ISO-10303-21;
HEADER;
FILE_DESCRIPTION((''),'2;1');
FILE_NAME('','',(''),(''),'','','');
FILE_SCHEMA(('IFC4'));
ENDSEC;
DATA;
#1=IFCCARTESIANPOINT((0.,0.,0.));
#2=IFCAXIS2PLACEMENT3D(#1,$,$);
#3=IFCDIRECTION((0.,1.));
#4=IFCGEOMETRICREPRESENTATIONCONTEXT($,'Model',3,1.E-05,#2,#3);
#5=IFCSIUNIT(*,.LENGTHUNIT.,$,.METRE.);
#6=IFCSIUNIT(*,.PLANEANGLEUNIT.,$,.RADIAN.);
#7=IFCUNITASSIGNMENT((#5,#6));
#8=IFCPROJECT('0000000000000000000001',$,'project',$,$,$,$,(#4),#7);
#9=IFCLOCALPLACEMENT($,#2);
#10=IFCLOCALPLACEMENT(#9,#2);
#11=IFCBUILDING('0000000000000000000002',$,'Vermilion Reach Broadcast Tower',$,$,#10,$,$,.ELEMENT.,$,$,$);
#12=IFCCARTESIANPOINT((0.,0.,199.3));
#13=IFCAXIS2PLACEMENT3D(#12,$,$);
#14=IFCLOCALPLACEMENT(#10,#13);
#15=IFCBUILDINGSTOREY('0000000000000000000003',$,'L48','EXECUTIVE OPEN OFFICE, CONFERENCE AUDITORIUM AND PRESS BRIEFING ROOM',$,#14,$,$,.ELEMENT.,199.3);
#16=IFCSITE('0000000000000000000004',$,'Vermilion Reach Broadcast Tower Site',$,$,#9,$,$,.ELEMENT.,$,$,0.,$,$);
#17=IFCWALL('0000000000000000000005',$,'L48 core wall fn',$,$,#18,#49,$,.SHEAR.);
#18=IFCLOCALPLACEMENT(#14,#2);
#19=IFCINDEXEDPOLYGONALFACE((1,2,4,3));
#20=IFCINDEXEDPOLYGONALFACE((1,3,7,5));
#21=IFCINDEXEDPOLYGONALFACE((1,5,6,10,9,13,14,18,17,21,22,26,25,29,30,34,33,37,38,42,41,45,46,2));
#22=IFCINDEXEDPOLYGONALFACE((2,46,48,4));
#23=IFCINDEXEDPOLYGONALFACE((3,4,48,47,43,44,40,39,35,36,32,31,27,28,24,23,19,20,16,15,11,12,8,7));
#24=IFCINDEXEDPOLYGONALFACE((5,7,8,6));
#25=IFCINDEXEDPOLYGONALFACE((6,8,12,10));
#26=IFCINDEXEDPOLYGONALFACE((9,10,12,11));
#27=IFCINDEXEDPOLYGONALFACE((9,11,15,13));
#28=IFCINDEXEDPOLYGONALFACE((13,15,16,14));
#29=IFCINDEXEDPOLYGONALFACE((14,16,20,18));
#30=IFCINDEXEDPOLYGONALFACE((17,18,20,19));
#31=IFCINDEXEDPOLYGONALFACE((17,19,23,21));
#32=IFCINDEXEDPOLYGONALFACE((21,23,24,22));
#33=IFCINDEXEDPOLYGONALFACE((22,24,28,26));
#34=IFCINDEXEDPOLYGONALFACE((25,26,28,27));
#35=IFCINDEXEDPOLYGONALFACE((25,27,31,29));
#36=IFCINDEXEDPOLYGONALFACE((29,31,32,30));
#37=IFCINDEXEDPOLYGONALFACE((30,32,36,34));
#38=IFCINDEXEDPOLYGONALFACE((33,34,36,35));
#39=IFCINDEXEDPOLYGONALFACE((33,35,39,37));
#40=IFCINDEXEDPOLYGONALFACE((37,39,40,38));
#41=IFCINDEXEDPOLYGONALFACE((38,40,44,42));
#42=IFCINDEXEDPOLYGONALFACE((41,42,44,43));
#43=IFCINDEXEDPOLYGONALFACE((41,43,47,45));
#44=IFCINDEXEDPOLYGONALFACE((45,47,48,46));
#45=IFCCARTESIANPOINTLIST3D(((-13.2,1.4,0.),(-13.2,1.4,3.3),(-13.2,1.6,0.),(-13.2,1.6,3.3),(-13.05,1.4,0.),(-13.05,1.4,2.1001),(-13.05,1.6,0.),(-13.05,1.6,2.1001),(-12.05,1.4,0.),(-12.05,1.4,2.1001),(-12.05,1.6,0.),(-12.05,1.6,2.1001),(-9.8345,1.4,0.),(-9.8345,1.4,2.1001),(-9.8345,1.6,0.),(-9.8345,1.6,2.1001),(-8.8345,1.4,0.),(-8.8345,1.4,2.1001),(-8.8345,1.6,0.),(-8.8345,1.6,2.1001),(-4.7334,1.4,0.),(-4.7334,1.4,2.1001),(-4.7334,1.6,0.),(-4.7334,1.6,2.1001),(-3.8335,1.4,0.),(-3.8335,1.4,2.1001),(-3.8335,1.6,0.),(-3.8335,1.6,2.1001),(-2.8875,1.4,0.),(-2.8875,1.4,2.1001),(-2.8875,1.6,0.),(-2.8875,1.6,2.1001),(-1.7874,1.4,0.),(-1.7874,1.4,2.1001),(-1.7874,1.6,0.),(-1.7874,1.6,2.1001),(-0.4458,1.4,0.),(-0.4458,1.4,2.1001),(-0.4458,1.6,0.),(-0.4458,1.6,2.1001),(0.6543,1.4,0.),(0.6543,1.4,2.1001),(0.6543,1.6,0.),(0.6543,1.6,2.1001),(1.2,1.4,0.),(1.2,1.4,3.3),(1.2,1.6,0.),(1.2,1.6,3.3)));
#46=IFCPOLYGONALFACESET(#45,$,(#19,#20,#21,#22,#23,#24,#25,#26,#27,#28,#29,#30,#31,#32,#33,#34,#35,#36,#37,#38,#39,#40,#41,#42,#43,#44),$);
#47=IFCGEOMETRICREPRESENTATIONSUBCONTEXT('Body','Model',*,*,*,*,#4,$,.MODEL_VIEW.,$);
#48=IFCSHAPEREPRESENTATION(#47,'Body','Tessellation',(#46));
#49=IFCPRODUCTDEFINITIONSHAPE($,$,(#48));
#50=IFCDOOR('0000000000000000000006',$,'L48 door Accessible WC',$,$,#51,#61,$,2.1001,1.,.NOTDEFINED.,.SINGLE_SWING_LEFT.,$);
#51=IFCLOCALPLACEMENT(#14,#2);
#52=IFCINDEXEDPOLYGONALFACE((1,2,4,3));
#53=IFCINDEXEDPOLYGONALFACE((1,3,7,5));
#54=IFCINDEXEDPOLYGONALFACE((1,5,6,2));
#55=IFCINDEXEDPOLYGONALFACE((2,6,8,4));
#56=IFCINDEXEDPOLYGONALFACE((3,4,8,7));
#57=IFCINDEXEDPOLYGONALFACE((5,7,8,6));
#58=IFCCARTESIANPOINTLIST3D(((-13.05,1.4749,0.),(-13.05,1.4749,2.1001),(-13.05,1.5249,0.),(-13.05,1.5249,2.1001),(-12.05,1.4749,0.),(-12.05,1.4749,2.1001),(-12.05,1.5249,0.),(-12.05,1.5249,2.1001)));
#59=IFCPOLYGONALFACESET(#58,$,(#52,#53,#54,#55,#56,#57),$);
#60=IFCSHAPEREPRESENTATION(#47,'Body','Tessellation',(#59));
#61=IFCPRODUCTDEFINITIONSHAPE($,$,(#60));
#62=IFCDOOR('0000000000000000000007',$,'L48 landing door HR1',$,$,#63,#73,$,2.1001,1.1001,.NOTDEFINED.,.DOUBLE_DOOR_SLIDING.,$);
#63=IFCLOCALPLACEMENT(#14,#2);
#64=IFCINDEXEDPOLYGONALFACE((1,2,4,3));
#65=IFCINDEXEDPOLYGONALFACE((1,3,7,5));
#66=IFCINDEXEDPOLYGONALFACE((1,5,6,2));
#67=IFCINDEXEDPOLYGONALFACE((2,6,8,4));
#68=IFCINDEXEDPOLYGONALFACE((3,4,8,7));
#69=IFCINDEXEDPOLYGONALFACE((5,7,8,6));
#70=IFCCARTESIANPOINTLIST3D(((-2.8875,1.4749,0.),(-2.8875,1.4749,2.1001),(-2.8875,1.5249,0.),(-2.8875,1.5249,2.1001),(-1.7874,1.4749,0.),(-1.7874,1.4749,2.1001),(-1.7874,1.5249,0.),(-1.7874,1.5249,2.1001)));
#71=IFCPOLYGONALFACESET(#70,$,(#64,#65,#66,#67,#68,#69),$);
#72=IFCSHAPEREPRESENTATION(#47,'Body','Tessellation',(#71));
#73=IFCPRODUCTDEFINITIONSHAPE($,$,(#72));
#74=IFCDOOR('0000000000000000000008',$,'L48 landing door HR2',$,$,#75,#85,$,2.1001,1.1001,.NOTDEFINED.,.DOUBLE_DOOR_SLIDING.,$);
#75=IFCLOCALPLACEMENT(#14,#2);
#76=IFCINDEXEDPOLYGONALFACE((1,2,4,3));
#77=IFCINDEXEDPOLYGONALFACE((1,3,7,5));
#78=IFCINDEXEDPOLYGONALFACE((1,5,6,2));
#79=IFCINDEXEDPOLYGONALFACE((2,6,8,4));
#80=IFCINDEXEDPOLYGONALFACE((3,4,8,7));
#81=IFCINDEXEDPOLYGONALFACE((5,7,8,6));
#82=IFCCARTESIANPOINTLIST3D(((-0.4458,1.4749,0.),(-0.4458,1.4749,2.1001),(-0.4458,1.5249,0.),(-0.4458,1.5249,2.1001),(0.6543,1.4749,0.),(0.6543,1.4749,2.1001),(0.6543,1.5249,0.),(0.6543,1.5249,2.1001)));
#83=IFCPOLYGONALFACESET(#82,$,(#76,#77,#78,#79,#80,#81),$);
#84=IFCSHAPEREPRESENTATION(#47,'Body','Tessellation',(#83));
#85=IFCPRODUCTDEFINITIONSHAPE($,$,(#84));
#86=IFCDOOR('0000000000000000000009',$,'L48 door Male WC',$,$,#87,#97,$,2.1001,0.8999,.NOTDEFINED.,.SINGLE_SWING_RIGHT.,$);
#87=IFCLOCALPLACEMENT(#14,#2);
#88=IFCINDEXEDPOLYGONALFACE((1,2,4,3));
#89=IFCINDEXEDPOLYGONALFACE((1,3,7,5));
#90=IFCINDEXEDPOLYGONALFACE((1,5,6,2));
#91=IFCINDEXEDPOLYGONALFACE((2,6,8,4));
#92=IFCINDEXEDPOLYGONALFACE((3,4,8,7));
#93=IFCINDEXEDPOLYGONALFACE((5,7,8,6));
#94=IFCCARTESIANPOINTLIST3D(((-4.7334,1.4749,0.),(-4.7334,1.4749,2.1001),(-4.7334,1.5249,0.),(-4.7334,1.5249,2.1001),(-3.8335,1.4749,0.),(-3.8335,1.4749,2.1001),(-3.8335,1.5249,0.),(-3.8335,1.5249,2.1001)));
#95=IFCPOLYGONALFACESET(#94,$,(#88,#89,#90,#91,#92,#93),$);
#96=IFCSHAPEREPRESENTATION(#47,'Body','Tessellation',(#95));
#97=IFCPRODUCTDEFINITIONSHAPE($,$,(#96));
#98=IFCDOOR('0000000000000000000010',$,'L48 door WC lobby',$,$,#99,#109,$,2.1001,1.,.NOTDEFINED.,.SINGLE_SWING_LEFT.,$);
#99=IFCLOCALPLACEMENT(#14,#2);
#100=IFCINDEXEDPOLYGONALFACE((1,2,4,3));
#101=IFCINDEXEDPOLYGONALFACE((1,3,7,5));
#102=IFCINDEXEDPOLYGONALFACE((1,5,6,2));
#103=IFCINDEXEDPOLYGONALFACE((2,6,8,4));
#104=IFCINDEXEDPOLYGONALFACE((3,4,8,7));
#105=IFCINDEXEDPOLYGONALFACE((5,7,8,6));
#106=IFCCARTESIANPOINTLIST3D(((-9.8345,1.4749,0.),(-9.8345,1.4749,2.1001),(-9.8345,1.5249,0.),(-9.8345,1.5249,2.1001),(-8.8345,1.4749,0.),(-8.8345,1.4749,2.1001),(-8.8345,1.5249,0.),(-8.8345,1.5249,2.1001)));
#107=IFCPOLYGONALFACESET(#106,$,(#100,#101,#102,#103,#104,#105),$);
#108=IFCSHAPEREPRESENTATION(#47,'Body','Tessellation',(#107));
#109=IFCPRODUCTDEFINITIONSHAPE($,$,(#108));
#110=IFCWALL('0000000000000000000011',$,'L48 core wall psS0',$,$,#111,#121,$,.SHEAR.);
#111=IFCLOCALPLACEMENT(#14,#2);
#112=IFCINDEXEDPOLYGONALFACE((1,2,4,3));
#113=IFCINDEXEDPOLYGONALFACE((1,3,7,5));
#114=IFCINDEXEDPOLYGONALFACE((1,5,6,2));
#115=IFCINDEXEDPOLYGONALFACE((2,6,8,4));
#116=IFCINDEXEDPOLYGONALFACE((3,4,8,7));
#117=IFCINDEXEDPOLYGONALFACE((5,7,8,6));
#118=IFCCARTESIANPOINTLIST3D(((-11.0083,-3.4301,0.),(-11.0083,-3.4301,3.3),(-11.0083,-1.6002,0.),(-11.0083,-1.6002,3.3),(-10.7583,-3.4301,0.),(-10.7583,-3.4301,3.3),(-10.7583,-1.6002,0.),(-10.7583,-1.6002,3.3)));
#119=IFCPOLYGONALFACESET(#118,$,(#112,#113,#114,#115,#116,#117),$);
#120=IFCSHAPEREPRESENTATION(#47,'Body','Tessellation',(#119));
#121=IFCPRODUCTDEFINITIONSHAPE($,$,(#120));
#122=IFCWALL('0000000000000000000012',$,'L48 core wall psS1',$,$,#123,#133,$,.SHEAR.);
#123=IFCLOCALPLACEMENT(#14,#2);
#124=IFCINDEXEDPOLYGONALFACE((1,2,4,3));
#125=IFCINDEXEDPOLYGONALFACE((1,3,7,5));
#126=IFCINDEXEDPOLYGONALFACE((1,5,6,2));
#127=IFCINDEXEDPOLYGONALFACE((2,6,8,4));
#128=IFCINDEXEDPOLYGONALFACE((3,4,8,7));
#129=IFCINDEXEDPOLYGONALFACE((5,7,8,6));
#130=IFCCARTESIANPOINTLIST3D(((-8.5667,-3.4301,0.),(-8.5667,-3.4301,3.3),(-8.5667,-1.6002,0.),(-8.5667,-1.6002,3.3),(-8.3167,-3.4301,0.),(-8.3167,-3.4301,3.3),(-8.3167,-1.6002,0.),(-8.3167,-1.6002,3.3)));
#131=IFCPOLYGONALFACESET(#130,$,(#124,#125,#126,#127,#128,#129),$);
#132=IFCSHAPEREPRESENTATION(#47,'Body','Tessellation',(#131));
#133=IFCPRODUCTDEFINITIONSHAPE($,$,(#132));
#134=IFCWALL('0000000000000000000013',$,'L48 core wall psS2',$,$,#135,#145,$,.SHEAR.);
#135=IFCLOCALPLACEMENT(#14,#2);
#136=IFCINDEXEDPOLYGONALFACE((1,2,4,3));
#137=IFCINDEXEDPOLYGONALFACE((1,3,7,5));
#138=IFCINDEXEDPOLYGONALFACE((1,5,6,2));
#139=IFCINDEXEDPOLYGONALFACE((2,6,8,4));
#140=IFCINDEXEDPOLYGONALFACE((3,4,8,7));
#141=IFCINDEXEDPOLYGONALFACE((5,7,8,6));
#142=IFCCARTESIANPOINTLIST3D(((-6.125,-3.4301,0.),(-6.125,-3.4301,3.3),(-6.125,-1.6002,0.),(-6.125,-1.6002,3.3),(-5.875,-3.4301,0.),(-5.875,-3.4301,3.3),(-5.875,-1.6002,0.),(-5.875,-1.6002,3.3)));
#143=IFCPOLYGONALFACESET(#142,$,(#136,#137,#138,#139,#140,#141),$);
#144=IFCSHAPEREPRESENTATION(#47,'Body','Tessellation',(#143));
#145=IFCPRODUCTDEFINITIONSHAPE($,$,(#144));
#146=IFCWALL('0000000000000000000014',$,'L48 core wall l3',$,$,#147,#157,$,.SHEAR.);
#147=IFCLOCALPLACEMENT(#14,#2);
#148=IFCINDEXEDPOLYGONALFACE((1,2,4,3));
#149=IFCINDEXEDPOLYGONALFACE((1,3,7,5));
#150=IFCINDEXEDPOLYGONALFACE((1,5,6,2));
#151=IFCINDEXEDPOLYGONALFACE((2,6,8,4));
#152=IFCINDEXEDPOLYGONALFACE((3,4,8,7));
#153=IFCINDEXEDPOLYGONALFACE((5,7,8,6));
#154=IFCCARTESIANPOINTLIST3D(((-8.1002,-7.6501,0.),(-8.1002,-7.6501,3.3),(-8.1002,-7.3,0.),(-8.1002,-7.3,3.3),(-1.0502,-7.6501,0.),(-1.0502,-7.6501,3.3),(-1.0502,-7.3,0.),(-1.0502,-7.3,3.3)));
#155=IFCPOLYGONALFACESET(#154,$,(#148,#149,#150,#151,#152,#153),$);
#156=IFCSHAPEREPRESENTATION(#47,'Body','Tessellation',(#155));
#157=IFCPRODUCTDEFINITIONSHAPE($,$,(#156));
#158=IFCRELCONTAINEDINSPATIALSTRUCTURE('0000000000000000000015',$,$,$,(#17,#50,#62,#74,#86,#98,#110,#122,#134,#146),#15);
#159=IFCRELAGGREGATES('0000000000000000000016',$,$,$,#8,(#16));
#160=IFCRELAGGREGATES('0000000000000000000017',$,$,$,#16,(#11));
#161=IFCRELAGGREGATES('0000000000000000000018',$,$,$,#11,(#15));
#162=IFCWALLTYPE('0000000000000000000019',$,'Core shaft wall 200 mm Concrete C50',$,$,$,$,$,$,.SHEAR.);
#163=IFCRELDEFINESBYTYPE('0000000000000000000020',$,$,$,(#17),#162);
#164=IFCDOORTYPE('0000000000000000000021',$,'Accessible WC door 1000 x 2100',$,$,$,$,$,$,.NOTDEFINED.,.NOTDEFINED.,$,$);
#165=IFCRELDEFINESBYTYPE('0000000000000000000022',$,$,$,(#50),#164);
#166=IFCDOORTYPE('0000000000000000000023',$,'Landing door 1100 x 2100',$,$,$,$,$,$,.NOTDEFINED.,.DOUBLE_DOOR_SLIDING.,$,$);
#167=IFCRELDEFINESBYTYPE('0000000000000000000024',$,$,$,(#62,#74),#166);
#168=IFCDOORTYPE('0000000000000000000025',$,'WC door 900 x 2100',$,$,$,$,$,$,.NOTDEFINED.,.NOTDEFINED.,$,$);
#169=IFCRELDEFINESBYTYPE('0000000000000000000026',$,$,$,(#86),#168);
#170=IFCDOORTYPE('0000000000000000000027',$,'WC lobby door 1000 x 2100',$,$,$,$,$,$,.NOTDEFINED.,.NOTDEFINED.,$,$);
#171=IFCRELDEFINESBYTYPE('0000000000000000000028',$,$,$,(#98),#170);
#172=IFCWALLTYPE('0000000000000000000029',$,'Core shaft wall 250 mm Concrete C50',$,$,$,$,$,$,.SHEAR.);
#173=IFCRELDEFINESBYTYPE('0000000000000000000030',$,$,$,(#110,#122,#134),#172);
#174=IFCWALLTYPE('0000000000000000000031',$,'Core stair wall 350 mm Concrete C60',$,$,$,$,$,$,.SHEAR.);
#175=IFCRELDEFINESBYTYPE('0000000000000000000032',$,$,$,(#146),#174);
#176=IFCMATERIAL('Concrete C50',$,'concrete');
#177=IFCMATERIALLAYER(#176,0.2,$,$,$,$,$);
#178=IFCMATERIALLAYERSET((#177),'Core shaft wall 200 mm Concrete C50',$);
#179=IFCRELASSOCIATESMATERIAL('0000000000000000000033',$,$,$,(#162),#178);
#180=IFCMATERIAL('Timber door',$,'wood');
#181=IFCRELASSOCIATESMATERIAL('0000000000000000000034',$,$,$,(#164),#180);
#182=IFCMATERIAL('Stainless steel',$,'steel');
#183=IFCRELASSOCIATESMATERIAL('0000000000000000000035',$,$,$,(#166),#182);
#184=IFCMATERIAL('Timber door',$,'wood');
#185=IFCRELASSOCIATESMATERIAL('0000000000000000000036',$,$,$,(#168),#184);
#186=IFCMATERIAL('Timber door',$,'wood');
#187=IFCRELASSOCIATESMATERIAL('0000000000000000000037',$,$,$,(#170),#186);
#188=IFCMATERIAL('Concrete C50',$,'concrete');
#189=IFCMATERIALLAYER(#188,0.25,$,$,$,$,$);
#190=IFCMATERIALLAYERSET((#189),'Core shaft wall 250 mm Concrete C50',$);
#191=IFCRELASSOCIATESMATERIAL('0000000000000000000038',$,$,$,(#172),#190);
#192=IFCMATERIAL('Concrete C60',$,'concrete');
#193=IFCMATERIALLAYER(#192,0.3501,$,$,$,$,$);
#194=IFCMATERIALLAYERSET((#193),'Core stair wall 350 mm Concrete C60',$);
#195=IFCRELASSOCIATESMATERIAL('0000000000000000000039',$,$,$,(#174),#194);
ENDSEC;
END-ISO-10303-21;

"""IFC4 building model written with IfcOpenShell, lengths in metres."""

from ifc_helpers import new_model, si_unit, direction, frame, frame_2d, origin, place, context, subcontext, project, spatial, rectangle, extrude, material, layer, layer_set, type_object, element, fill, save


model = new_model("IFC4")

# Units and contexts
model_context = context("Model", 3, precision=1e-05, world=origin(), true_north=direction((0.0, 1.0)))
body_context = subcontext(model_context, "Body", "Model", "MODEL_VIEW")
ifc_project = project(units=[si_unit("LENGTHUNIT", "METRE"), si_unit("PLANEANGLEUNIT", "RADIAN")], contexts=[model_context])

# Site, building, storey
site_placement = place(None, origin())
site = spatial("IfcSite", under=ifc_project, at=site_placement, Name="Vermilion Reach Broadcast Tower Site", CompositionType="ELEMENT", RefElevation=0.0)
building_placement = place(site_placement, origin())
building = spatial("IfcBuilding", under=site, at=building_placement, Name="Vermilion Reach Broadcast Tower", CompositionType="ELEMENT")
storey_placement = place(building_placement, frame((0.0, 0.0, 199.3)))
storey = spatial("IfcBuildingStorey", under=building, at=storey_placement, Name="L48", Description="EXECUTIVE OPEN OFFICE, CONFERENCE AUDITORIUM AND PRESS BRIEFING ROOM", CompositionType="ELEMENT", Elevation=199.3)

# Wall, openings, doors
ifc_material_1 = material(Name="Concrete C50", Category="concrete")
ifc_layer_1 = layer(ifc_material_1, 0.2)
ifc_layer_set_1 = layer_set([ifc_layer_1], Name="Core shaft wall 200 mm Concrete C50")
wall_type_1 = type_object("IfcWallType", Name="Core shaft wall 200 mm Concrete C50", PredefinedType="SHEAR", material=ifc_layer_set_1)
wall_1_placement = place(storey_placement, frame((-13.2, 1.5, 0.0), z_axis=(0.0, 0.0, 1.0), x_axis=(1.0, 0.0, 0.0)))
wall_1 = element("IfcWall", 1, at=wall_1_placement, inside=storey, type_object=wall_type_1, Name="L48 core wall fn", PredefinedType="SHEAR", context=body_context, shape_type="SweptSolid", body=[
    extrude(rectangle(XDim=14.3999, YDim=0.2, at=frame_2d((7.2, 0.0))), origin(), (0.0, 0.0, 1.0), 3.3),
])
opening_1_placement = place(wall_1_placement, frame((10.3125, 0.0, 0.0)))
opening_1 = element("IfcOpeningElement", 2, at=opening_1_placement, cuts=wall_1, PredefinedType="OPENING", context=body_context, shape_type="SweptSolid", body=[
    extrude(rectangle(XDim=1.1001, YDim=2.1001, at=frame_2d((0.55, 1.05))), frame((0.0, 0.1099, 0.0), z_axis=(0.0, -1.0, 0.0), x_axis=(1.0, 0.0, 0.0)), (0.0, 0.0, 1.0), 0.22),
])
opening_2_placement = place(wall_1_placement, frame((12.7542, 0.0, 0.0)))
opening_2 = element("IfcOpeningElement", 3, at=opening_2_placement, cuts=wall_1, PredefinedType="OPENING", context=body_context, shape_type="SweptSolid", body=[
    extrude(rectangle(XDim=1.1001, YDim=2.1001, at=frame_2d((0.55, 1.05))), frame((0.0, 0.1099, 0.0), z_axis=(0.0, -1.0, 0.0), x_axis=(1.0, 0.0, 0.0)), (0.0, 0.0, 1.0), 0.22),
])
opening_3_placement = place(wall_1_placement, frame((0.1499, 0.0, 0.0)))
opening_3 = element("IfcOpeningElement", 4, at=opening_3_placement, cuts=wall_1, PredefinedType="OPENING", context=body_context, shape_type="SweptSolid", body=[
    extrude(rectangle(XDim=1.0, YDim=2.1001, at=frame_2d((0.5, 1.05))), frame((0.0, 0.1099, 0.0), z_axis=(0.0, -1.0, 0.0), x_axis=(1.0, 0.0, 0.0)), (0.0, 0.0, 1.0), 0.22),
])
opening_4_placement = place(wall_1_placement, frame((3.3655, 0.0, 0.0)))
opening_4 = element("IfcOpeningElement", 5, at=opening_4_placement, cuts=wall_1, PredefinedType="OPENING", context=body_context, shape_type="SweptSolid", body=[
    extrude(rectangle(XDim=1.0, YDim=2.1001, at=frame_2d((0.5, 1.05))), frame((0.0, 0.1099, 0.0), z_axis=(0.0, -1.0, 0.0), x_axis=(1.0, 0.0, 0.0)), (0.0, 0.0, 1.0), 0.22),
])
opening_5_placement = place(wall_1_placement, frame((8.4666, 0.0, 0.0)))
opening_5 = element("IfcOpeningElement", 6, at=opening_5_placement, cuts=wall_1, PredefinedType="OPENING", context=body_context, shape_type="SweptSolid", body=[
    extrude(rectangle(XDim=0.8999, YDim=2.1001, at=frame_2d((0.45, 1.05))), frame((0.0, 0.1099, 0.0), z_axis=(0.0, -1.0, 0.0), x_axis=(1.0, 0.0, 0.0)), (0.0, 0.0, 1.0), 0.22),
])
ifc_material_2 = material(Name="Timber door", Category="wood")
door_type_1 = type_object("IfcDoorType", Name="Accessible WC door 1000 x 2100", OperationType="NOTDEFINED", PredefinedType="NOTDEFINED", material=ifc_material_2)
door_1_placement = place(opening_3_placement, origin())
door_1 = element("IfcDoor", 7, at=door_1_placement, inside=storey, type_object=door_type_1, Name="L48 door Accessible WC", OperationType="SINGLE_SWING_LEFT", OverallHeight=2.1001, OverallWidth=1.0, PredefinedType="NOTDEFINED", context=body_context, shape_type="SweptSolid", body=[
    extrude(rectangle(XDim=1.0, YDim=2.1001, at=frame_2d((0.5, 1.05))), frame((0.0, 0.0249, 0.0), z_axis=(0.0, -1.0, 0.0), x_axis=(1.0, 0.0, 0.0)), (0.0, 0.0, 1.0), 0.05),
])
fill(opening_3, door_1)
ifc_material_3 = material(Name="Stainless steel", Category="steel")
door_type_2 = type_object("IfcDoorType", Name="Landing door 1100 x 2100", OperationType="DOUBLE_DOOR_SLIDING", PredefinedType="NOTDEFINED", material=ifc_material_3)
door_2_placement = place(opening_1_placement, origin())
door_2 = element("IfcDoor", 8, at=door_2_placement, inside=storey, type_object=door_type_2, Name="L48 landing door HR1", OperationType="DOUBLE_DOOR_SLIDING", OverallHeight=2.1001, OverallWidth=1.1001, PredefinedType="NOTDEFINED", context=body_context, shape_type="SweptSolid", body=[
    extrude(rectangle(XDim=1.1001, YDim=2.1001, at=frame_2d((0.55, 1.05))), frame((0.0, 0.0249, 0.0), z_axis=(0.0, -1.0, 0.0), x_axis=(1.0, 0.0, 0.0)), (0.0, 0.0, 1.0), 0.05),
])
fill(opening_1, door_2)
door_3_placement = place(opening_2_placement, origin())
door_3 = element("IfcDoor", 9, at=door_3_placement, inside=storey, type_object=door_type_2, Name="L48 landing door HR2", OperationType="DOUBLE_DOOR_SLIDING", OverallHeight=2.1001, OverallWidth=1.1001, PredefinedType="NOTDEFINED", context=body_context, shape_type="SweptSolid", body=[
    extrude(rectangle(XDim=1.1001, YDim=2.1001, at=frame_2d((0.55, 1.05))), frame((0.0, 0.0249, 0.0), z_axis=(0.0, -1.0, 0.0), x_axis=(1.0, 0.0, 0.0)), (0.0, 0.0, 1.0), 0.05),
])
fill(opening_2, door_3)
ifc_material_4 = material(Name="Timber door", Category="wood")
door_type_3 = type_object("IfcDoorType", Name="WC door 900 x 2100", OperationType="NOTDEFINED", PredefinedType="NOTDEFINED", material=ifc_material_4)
door_4_placement = place(opening_5_placement, origin())
door_4 = element("IfcDoor", 10, at=door_4_placement, inside=storey, type_object=door_type_3, Name="L48 door Male WC", OperationType="SINGLE_SWING_RIGHT", OverallHeight=2.1001, OverallWidth=0.8999, PredefinedType="NOTDEFINED", context=body_context, shape_type="SweptSolid", body=[
    extrude(rectangle(XDim=0.8999, YDim=2.1001, at=frame_2d((0.45, 1.05))), frame((0.0, 0.0249, 0.0), z_axis=(0.0, -1.0, 0.0), x_axis=(1.0, 0.0, 0.0)), (0.0, 0.0, 1.0), 0.05),
])
fill(opening_5, door_4)
ifc_material_5 = material(Name="Timber door", Category="wood")
door_type_4 = type_object("IfcDoorType", Name="WC lobby door 1000 x 2100", OperationType="NOTDEFINED", PredefinedType="NOTDEFINED", material=ifc_material_5)
door_5_placement = place(opening_4_placement, origin())
door_5 = element("IfcDoor", 11, at=door_5_placement, inside=storey, type_object=door_type_4, Name="L48 door WC lobby", OperationType="SINGLE_SWING_LEFT", OverallHeight=2.1001, OverallWidth=1.0, PredefinedType="NOTDEFINED", context=body_context, shape_type="SweptSolid", body=[
    extrude(rectangle(XDim=1.0, YDim=2.1001, at=frame_2d((0.5, 1.05))), frame((0.0, 0.0249, 0.0), z_axis=(0.0, -1.0, 0.0), x_axis=(1.0, 0.0, 0.0)), (0.0, 0.0, 1.0), 0.05),
])
fill(opening_4, door_5)

# Walls
ifc_material_6 = material(Name="Concrete C50", Category="concrete")
ifc_layer_2 = layer(ifc_material_6, 0.25)
ifc_layer_set_2 = layer_set([ifc_layer_2], Name="Core shaft wall 250 mm Concrete C50")
wall_type_2 = type_object("IfcWallType", Name="Core shaft wall 250 mm Concrete C50", PredefinedType="SHEAR", material=ifc_layer_set_2)
for number, where, z_axis, x_axis, name in (
    (12, (-10.8833, -1.6001, 0.0), (0.0, 0.0, 1.0), (0.0, -1.0, 0.0), "L48 core wall psS0"),
    (13, (-8.4417, -1.6001, 0.0), (0.0, 0.0, 1.0), (0.0, -1.0, 0.0), "L48 core wall psS1"),
    (14, (-6.0, -1.6001, 0.0), (0.0, 0.0, 1.0), (0.0, -1.0, 0.0), "L48 core wall psS2"),
):
    element("IfcWall", number, at=place(storey_placement, frame(where, z_axis=z_axis, x_axis=x_axis)), inside=storey, type_object=wall_type_2, Name=name, PredefinedType="SHEAR", context=body_context, shape_type="SweptSolid", body=[
        extrude(rectangle(XDim=1.8298, YDim=0.25, at=frame_2d((0.915, 0.0))), origin(), (0.0, 0.0, 1.0), 3.3),
    ])
ifc_material_7 = material(Name="Concrete C60", Category="concrete")
ifc_layer_3 = layer(ifc_material_7, 0.3501)
ifc_layer_set_3 = layer_set([ifc_layer_3], Name="Core stair wall 350 mm Concrete C60")
wall_type_3 = type_object("IfcWallType", Name="Core stair wall 350 mm Concrete C60", PredefinedType="SHEAR", material=ifc_layer_set_3)
wall_2_placement = place(storey_placement, frame((-8.1001, -7.4751, 0.0), z_axis=(0.0, 0.0, 1.0), x_axis=(1.0, 0.0, 0.0)))
element("IfcWall", 15, at=wall_2_placement, inside=storey, type_object=wall_type_3, Name="L48 core wall l3", PredefinedType="SHEAR", context=body_context, shape_type="SweptSolid", body=[
    extrude(rectangle(XDim=7.05, YDim=0.3501, at=frame_2d((3.5249, 0.0))), origin(), (0.0, 0.0, 1.0), 3.3),
])

save(model, "model.ifc")
